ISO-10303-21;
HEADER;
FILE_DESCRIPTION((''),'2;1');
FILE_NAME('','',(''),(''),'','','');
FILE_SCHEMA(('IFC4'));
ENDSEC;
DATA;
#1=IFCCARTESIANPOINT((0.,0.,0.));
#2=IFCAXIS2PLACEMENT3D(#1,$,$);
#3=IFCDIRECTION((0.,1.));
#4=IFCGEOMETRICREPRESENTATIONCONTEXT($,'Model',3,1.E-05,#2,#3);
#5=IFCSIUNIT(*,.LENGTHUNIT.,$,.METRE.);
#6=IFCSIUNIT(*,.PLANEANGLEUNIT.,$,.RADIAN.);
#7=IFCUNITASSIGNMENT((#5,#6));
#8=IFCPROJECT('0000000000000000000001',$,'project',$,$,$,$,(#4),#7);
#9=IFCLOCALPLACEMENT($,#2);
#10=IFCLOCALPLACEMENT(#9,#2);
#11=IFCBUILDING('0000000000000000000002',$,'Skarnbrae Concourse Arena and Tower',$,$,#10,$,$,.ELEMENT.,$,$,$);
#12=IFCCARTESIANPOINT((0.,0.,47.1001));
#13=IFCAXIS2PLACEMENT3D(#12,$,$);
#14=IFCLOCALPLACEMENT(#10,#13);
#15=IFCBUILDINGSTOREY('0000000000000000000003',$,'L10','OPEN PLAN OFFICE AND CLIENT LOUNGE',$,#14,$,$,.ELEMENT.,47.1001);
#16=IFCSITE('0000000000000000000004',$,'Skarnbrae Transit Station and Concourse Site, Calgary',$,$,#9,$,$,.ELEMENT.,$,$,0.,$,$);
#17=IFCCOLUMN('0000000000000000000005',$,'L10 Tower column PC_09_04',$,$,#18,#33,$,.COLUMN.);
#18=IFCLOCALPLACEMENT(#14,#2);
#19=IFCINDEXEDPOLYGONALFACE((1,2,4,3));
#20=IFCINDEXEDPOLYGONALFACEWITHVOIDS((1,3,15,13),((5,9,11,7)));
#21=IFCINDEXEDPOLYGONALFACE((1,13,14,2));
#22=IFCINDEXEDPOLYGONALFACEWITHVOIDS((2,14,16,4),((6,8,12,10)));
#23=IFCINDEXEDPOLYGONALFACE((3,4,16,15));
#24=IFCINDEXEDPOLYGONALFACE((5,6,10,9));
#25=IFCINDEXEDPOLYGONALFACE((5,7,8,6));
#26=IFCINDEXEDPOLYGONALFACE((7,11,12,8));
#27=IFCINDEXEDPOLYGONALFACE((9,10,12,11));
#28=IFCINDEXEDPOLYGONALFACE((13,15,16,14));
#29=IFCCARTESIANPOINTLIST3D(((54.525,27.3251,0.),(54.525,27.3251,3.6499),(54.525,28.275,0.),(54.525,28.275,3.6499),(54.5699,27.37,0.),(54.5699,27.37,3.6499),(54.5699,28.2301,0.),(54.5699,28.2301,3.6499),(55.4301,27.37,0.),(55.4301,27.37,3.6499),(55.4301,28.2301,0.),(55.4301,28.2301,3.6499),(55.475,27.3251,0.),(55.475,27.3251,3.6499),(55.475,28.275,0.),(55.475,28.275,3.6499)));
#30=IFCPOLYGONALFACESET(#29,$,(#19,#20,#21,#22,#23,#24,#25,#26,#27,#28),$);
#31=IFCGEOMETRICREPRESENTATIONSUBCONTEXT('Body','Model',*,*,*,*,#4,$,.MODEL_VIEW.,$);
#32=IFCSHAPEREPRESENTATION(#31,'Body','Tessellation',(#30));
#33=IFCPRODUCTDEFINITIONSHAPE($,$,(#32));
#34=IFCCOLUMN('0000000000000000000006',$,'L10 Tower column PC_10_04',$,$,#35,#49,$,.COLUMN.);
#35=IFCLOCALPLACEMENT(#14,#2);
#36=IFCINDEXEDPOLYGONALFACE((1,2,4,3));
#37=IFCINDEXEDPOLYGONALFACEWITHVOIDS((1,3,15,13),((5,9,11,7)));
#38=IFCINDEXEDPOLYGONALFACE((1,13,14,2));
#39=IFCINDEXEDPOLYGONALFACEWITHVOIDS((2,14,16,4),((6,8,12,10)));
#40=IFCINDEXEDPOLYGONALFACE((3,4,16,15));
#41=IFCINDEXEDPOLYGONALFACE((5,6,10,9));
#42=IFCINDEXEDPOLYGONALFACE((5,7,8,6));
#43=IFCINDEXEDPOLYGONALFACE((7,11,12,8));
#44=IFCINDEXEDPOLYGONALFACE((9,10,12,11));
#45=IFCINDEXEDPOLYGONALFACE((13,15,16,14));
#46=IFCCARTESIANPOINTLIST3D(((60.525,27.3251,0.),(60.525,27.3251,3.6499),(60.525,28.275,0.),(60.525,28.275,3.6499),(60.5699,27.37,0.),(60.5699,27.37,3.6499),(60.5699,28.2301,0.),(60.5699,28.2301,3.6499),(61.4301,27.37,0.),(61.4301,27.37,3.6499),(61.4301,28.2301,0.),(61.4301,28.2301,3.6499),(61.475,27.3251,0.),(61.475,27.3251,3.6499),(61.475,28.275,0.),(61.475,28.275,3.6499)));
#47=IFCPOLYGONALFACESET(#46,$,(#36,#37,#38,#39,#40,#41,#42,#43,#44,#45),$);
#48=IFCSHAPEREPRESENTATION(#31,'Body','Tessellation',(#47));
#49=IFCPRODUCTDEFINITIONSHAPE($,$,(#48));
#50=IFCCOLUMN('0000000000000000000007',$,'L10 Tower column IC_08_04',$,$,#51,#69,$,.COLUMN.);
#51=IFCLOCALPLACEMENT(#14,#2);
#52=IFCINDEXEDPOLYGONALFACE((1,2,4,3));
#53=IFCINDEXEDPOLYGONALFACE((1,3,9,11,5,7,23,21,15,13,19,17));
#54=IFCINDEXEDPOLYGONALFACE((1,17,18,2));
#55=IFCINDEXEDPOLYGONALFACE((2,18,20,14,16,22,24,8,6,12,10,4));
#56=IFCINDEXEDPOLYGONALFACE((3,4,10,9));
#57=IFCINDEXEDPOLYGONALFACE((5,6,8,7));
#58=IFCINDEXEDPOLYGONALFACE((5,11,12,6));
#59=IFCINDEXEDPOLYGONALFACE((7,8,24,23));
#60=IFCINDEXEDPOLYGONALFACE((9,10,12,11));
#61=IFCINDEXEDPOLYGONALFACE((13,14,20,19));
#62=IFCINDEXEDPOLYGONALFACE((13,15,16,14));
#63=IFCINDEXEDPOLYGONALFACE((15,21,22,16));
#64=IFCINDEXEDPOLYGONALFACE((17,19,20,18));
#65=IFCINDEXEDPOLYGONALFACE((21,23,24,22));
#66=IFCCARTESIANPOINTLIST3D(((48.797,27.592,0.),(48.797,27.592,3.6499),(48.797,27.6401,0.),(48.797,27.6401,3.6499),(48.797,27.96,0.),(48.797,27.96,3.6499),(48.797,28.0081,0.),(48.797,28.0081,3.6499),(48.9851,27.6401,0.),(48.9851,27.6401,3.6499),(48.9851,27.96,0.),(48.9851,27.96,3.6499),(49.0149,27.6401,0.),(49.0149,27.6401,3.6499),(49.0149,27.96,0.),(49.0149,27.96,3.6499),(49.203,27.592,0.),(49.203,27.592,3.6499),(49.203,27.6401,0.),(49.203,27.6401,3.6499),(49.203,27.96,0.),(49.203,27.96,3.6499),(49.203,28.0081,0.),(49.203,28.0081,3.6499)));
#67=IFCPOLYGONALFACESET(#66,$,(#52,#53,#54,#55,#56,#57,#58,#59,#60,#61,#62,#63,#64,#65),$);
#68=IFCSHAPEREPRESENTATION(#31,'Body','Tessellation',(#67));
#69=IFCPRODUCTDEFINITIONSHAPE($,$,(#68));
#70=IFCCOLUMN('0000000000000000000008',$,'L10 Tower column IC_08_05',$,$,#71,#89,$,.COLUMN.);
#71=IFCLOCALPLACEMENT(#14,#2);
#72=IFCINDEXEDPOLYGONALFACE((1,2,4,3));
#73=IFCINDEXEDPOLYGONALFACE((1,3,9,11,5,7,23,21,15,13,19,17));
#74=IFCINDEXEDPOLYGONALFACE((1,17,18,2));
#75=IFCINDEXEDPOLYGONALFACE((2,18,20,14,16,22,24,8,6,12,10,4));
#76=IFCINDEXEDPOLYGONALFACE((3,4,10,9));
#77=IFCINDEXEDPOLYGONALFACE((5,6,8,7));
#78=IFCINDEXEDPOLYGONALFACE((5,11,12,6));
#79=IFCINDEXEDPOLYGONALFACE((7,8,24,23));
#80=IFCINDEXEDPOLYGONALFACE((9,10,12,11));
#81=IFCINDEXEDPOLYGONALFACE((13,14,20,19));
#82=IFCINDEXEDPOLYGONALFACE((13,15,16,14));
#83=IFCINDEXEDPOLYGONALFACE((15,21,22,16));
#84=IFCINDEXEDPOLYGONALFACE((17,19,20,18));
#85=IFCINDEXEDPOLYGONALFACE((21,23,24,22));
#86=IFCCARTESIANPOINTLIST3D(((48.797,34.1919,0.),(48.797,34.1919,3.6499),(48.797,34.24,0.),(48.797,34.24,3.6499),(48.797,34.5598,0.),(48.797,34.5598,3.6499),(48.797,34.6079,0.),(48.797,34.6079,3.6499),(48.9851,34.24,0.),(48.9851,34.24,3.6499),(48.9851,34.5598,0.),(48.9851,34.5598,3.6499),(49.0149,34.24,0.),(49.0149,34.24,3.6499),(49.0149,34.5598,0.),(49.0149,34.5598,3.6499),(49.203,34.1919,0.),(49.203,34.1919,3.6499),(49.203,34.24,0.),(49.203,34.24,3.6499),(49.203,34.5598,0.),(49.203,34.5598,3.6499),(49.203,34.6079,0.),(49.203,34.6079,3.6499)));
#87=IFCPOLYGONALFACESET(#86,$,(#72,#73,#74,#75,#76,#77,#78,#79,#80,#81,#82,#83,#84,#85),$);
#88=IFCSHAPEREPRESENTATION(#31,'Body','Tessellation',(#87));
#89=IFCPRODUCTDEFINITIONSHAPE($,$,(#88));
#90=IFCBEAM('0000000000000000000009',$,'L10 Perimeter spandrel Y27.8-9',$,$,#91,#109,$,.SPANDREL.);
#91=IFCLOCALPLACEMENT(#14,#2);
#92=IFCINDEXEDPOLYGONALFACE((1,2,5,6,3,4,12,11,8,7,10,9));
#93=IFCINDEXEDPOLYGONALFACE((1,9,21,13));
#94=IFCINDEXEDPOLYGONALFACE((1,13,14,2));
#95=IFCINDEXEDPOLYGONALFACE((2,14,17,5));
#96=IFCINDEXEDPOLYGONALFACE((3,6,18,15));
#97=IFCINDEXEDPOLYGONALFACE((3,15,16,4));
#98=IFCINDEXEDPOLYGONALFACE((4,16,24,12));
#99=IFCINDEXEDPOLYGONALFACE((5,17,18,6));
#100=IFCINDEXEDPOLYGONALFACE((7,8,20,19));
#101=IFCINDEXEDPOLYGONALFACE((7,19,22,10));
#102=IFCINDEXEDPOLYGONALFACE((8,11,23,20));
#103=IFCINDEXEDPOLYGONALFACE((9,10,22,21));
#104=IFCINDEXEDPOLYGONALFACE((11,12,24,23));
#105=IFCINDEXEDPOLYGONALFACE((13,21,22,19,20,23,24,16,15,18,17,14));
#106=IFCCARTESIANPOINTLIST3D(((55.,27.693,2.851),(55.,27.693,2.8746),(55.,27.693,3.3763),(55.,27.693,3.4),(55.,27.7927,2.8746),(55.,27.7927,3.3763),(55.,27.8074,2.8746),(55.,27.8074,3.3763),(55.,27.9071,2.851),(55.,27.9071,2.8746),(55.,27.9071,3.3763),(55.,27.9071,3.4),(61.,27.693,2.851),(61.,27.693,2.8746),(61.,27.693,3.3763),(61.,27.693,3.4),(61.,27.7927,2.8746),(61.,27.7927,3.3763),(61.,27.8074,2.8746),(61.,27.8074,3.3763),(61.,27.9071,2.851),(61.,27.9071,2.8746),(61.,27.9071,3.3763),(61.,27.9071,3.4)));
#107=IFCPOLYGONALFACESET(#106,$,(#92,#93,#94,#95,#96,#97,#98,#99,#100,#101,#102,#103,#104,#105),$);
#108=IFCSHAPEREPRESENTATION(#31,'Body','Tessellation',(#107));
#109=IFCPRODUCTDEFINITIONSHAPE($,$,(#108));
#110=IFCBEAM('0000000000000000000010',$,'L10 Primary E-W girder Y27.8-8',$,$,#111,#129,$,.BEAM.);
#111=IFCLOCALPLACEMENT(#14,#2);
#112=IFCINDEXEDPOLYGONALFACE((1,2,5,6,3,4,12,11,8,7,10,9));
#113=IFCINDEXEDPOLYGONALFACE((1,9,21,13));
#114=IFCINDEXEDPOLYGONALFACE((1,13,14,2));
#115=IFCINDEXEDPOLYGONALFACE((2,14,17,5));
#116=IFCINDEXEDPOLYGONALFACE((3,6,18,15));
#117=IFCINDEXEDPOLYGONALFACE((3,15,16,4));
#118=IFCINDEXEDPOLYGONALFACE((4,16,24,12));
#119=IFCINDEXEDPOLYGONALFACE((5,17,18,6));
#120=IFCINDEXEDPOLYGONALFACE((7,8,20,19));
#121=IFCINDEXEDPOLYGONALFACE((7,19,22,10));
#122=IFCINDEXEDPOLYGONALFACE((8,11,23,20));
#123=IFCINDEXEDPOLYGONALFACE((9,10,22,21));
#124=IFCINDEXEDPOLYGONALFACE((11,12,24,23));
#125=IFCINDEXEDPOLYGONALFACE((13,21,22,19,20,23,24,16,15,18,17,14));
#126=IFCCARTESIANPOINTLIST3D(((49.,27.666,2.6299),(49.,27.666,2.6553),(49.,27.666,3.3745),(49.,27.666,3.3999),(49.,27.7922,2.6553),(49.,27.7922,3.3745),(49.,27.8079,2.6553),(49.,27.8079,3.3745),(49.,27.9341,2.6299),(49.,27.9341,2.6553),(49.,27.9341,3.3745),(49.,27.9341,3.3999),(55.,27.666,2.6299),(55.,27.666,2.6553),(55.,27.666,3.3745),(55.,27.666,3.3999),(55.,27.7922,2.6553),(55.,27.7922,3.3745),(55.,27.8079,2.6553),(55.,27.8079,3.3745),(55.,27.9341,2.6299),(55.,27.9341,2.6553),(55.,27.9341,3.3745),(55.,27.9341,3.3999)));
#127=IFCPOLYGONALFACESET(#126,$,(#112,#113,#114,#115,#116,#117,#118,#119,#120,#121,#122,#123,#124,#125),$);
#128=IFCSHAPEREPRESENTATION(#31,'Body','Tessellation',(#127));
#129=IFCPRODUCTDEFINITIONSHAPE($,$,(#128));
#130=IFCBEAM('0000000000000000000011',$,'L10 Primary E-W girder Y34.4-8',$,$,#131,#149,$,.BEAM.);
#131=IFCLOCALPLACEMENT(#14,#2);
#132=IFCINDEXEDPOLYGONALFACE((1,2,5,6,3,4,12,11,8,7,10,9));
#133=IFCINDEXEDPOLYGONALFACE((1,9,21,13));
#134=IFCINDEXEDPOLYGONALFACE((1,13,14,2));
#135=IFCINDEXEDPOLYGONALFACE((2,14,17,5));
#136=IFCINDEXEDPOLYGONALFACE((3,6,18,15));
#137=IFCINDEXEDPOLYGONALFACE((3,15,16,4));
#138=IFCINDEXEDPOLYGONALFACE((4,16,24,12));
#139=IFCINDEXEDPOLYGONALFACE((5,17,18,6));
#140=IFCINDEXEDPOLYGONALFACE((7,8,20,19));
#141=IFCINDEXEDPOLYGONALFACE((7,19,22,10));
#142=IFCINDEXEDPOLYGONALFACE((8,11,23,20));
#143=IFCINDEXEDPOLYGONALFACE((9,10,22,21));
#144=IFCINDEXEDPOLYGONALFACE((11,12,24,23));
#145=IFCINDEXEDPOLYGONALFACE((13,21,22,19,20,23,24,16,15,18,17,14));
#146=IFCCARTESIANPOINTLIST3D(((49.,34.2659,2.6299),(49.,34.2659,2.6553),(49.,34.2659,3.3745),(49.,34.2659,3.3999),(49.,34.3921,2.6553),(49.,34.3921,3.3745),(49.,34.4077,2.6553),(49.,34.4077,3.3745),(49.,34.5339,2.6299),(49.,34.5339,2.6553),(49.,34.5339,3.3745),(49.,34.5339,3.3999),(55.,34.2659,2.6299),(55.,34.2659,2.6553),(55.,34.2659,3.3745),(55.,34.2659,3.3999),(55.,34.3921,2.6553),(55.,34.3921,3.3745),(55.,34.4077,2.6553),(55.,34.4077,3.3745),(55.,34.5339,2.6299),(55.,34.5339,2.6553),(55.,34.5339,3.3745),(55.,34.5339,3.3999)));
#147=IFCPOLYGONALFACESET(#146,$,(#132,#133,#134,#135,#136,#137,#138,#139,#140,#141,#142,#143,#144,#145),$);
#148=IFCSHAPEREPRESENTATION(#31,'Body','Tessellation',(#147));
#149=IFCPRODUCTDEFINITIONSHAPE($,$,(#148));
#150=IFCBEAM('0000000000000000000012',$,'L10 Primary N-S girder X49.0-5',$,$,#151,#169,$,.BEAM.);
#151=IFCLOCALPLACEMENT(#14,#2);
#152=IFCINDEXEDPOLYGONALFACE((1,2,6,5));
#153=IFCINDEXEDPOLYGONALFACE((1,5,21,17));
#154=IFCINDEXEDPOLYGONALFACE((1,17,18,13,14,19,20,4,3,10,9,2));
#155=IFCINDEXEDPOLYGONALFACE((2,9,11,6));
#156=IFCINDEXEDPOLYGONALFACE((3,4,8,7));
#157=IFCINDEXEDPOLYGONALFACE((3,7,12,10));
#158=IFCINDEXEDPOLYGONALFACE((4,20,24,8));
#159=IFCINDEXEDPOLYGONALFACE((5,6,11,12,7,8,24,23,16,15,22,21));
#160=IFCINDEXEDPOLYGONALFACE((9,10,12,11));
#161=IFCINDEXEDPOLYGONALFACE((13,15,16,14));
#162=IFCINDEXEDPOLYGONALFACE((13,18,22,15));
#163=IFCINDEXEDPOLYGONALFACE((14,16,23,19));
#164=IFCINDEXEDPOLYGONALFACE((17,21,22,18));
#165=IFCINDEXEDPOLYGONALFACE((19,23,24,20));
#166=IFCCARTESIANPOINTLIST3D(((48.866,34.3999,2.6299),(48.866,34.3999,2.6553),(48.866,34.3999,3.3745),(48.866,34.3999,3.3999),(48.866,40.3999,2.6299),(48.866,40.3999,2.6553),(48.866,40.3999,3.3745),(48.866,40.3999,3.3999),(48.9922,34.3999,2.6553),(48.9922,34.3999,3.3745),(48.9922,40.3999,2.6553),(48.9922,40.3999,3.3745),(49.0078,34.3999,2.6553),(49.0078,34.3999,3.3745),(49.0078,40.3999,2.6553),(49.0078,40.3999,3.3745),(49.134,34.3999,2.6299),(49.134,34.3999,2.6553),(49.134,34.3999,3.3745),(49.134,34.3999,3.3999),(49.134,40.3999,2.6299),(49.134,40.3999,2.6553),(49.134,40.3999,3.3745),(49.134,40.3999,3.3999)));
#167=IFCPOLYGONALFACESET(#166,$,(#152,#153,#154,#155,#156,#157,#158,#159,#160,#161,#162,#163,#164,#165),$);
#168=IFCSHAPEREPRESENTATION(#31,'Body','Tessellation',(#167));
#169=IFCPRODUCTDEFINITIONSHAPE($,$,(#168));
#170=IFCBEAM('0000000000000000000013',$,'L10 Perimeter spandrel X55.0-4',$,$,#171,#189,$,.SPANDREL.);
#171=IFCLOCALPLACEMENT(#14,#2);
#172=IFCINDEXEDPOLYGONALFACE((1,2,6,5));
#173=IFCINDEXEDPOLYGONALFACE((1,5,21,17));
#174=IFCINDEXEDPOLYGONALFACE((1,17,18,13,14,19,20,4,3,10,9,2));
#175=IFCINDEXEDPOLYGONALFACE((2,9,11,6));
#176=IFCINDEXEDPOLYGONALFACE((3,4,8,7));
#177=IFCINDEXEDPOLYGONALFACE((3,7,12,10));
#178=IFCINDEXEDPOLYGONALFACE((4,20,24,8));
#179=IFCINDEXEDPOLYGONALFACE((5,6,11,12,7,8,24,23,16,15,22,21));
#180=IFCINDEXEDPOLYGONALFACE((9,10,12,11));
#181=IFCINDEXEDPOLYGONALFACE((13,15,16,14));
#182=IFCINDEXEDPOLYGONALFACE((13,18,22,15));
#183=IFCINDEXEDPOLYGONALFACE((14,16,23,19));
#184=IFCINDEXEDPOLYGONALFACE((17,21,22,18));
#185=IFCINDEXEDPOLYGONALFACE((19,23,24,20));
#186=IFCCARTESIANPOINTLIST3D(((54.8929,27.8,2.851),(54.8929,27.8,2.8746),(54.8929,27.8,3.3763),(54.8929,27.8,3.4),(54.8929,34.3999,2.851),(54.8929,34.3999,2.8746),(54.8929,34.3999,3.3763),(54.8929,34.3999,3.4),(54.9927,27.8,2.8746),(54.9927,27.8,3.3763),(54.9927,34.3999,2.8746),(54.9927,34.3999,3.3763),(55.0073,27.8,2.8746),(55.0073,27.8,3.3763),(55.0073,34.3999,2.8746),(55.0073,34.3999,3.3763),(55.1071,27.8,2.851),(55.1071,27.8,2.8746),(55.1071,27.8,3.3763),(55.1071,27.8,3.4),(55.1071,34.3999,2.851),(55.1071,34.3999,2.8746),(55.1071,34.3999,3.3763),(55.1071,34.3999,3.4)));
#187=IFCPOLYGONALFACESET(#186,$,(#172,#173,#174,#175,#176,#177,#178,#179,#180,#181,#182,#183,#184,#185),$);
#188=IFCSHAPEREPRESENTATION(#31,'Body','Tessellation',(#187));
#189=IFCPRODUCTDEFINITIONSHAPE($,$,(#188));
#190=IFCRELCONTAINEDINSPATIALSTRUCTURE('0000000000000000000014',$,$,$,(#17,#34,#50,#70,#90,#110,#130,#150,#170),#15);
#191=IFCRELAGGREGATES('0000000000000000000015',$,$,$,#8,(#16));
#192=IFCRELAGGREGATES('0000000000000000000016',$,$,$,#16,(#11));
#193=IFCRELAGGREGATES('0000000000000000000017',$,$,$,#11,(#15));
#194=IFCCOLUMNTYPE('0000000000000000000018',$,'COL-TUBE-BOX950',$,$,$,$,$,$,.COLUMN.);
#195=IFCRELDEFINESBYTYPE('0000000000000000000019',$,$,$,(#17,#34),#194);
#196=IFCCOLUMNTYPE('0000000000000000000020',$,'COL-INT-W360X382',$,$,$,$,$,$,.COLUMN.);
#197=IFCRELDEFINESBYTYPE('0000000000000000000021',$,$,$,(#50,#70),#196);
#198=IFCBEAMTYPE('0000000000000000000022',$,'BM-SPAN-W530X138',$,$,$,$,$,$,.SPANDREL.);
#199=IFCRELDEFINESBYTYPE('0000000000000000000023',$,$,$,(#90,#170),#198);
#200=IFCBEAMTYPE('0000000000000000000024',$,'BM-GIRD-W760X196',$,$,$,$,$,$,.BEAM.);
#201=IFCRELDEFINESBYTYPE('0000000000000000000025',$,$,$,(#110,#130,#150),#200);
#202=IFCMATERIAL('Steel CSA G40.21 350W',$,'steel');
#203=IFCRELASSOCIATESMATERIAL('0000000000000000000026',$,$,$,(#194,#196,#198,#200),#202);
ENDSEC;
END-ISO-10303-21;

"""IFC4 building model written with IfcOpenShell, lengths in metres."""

from ifc_helpers import new_model, si_unit, direction, frame, origin, origin_2d, place, context, subcontext, project, spatial, hollow_rectangle, i_section, extrude, source, transform, mapped, material, material_profile, profile_set, type_object, element, save


model = new_model("IFC4")

# Units and contexts
model_context = context("Model", 3, precision=1e-05, world=origin(), true_north=direction((0.0, 1.0)))
body_context = subcontext(model_context, "Body", "Model", "MODEL_VIEW")
ifc_project = project(units=[si_unit("LENGTHUNIT", "METRE"), si_unit("PLANEANGLEUNIT", "RADIAN")], contexts=[model_context])

# Site, building, storey
site_placement = place(None, origin())
site = spatial("IfcSite", under=ifc_project, at=site_placement, Name="Skarnbrae Transit Station and Concourse Site, Calgary", CompositionType="ELEMENT", RefElevation=0.0)
building_placement = place(site_placement, origin())
building = spatial("IfcBuilding", under=site, at=building_placement, Name="Skarnbrae Concourse Arena and Tower", CompositionType="ELEMENT")
storey_placement = place(building_placement, frame((0.0, 0.0, 47.1001)))
storey = spatial("IfcBuildingStorey", under=building, at=storey_placement, Name="L10", Description="OPEN PLAN OFFICE AND CLIENT LOUNGE", CompositionType="ELEMENT", Elevation=47.1001)

# Columns
ifc_material_1 = material(Name="Steel CSA G40.21 350W", Category="steel")
ifc_material_profile_1 = material_profile(ifc_material_1, hollow_rectangle(XDim=0.95, YDim=0.95, WallThickness=0.0449, at=origin_2d()), Name="BOX950X950X45")
ifc_profile_set_1 = profile_set([ifc_material_profile_1], Name="Steel CSA G40.21 350W")
column_type_1 = type_object("IfcColumnType", Name="COL-TUBE-BOX950", PredefinedType="COLUMN", material=ifc_profile_set_1)
shared_shape_1 = source(origin(), body_context, "Body", "SweptSolid", [
    extrude(hollow_rectangle(XDim=0.95, YDim=0.95, WallThickness=0.0449, at=origin_2d()), origin(), (0.0, 0.0, 1.0), 3.6499),
])
for number, where, z_axis, x_axis, name in (
    (1, (55.0, 27.8, 0.0), (0.0, 0.0, 1.0), (1.0, 0.0, 0.0), "L10 Tower column PC_09_04"),
    (2, (61.0, 27.8, 0.0), (0.0, 0.0, 1.0), (1.0, 0.0, 0.0), "L10 Tower column PC_10_04"),
):
    element("IfcColumn", number, at=place(storey_placement, frame(where, z_axis=z_axis, x_axis=x_axis)), inside=storey, type_object=column_type_1, Name=name, PredefinedType="COLUMN", context=body_context, shape_type="MappedRepresentation", body=[
        mapped(shared_shape_1, transform((0.0, 0.0, 0.0))),
    ])
ifc_material_profile_2 = material_profile(ifc_material_1, i_section(OverallWidth=0.406, OverallDepth=0.416, WebThickness=0.0298, FlangeThickness=0.0481, at=origin_2d()), Name="W360X382")
ifc_profile_set_2 = profile_set([ifc_material_profile_2], Name="Steel CSA G40.21 350W")
column_type_2 = type_object("IfcColumnType", Name="COL-INT-W360X382", PredefinedType="COLUMN", material=ifc_profile_set_2)
shared_shape_2 = source(origin(), body_context, "Body", "SweptSolid", [
    extrude(i_section(OverallWidth=0.406, OverallDepth=0.416, WebThickness=0.0298, FlangeThickness=0.0481, at=origin_2d()), origin(), (0.0, 0.0, 1.0), 3.6499),
])
for number, where, z_axis, x_axis, name in (
    (3, (49.0, 27.8, 0.0), (0.0, 0.0, 1.0), (1.0, 0.0, 0.0), "L10 Tower column IC_08_04"),
    (4, (49.0, 34.3999, 0.0), (0.0, 0.0, 1.0), (1.0, 0.0, 0.0), "L10 Tower column IC_08_05"),
):
    element("IfcColumn", number, at=place(storey_placement, frame(where, z_axis=z_axis, x_axis=x_axis)), inside=storey, type_object=column_type_2, Name=name, PredefinedType="COLUMN", context=body_context, shape_type="MappedRepresentation", body=[
        mapped(shared_shape_2, transform((0.0, 0.0, 0.0))),
    ])

# Beams
ifc_material_profile_3 = material_profile(ifc_material_1, i_section(OverallWidth=0.2141, OverallDepth=0.5491, WebThickness=0.0146, FlangeThickness=0.0237, at=origin_2d()), Name="W530X138")
ifc_profile_set_3 = profile_set([ifc_material_profile_3], Name="Steel CSA G40.21 350W")
beam_type_1 = type_object("IfcBeamType", Name="BM-SPAN-W530X138", PredefinedType="SPANDREL", material=ifc_profile_set_3)
shared_shape_3 = source(origin(), body_context, "Body", "SweptSolid", [
    extrude(i_section(OverallWidth=0.2141, OverallDepth=0.5491, WebThickness=0.0146, FlangeThickness=0.0237, at=origin_2d()), origin(), (0.0, 0.0, 1.0), 6.0),
])
beam_1_placement = place(storey_placement, frame((55.0, 27.8, 3.1255), z_axis=(1.0, 0.0, 0.0), x_axis=(0.0, 1.0, 0.0)))
element("IfcBeam", 5, at=beam_1_placement, inside=storey, type_object=beam_type_1, Name="L10 Perimeter spandrel Y27.8-9", PredefinedType="SPANDREL", context=body_context, shape_type="MappedRepresentation", body=[
    mapped(shared_shape_3, transform((0.0, 0.0, 0.0))),
])
ifc_material_profile_4 = material_profile(ifc_material_1, i_section(OverallWidth=0.2681, OverallDepth=0.77, WebThickness=0.0156, FlangeThickness=0.0254, at=origin_2d()), Name="W760X196")
ifc_profile_set_4 = profile_set([ifc_material_profile_4], Name="Steel CSA G40.21 350W")
beam_type_2 = type_object("IfcBeamType", Name="BM-GIRD-W760X196", PredefinedType="BEAM", material=ifc_profile_set_4)
shared_shape_4 = source(origin(), body_context, "Body", "SweptSolid", [
    extrude(i_section(OverallWidth=0.2681, OverallDepth=0.77, WebThickness=0.0156, FlangeThickness=0.0254, at=origin_2d()), origin(), (0.0, 0.0, 1.0), 6.0),
])
for number, where, z_axis, x_axis, name in (
    (6, (49.0, 27.8, 3.0149), (1.0, 0.0, 0.0), (0.0, 1.0, 0.0), "L10 Primary E-W girder Y27.8-8"),
    (7, (49.0, 34.3999, 3.0149), (1.0, 0.0, 0.0), (0.0, 1.0, 0.0), "L10 Primary E-W girder Y34.4-8"),
    (8, (49.0, 34.3999, 3.0149), (0.0, 1.0, 0.0), (-1.0, 0.0, 0.0), "L10 Primary N-S girder X49.0-5"),
):
    element("IfcBeam", number, at=place(storey_placement, frame(where, z_axis=z_axis, x_axis=x_axis)), inside=storey, type_object=beam_type_2, Name=name, PredefinedType="BEAM", context=body_context, shape_type="MappedRepresentation", body=[
        mapped(shared_shape_4, transform((0.0, 0.0, 0.0))),
    ])
shared_shape_5 = source(origin(), body_context, "Body", "SweptSolid", [
    extrude(i_section(OverallWidth=0.2141, OverallDepth=0.5491, WebThickness=0.0146, FlangeThickness=0.0237, at=origin_2d()), origin(), (0.0, 0.0, 1.0), 6.5999),
])
for number, where, z_axis, x_axis, name in (
    (9, (55.0, 27.8, 3.1255), (0.0, 1.0, 0.0), (-1.0, 0.0, 0.0), "L10 Perimeter spandrel X55.0-4"),
):
    element("IfcBeam", number, at=place(storey_placement, frame(where, z_axis=z_axis, x_axis=x_axis)), inside=storey, type_object=beam_type_1, Name=name, PredefinedType="SPANDREL", context=body_context, shape_type="MappedRepresentation", body=[
        mapped(shared_shape_5, transform((0.0, 0.0, 0.0))),
    ])

save(model, "model.ifc")
